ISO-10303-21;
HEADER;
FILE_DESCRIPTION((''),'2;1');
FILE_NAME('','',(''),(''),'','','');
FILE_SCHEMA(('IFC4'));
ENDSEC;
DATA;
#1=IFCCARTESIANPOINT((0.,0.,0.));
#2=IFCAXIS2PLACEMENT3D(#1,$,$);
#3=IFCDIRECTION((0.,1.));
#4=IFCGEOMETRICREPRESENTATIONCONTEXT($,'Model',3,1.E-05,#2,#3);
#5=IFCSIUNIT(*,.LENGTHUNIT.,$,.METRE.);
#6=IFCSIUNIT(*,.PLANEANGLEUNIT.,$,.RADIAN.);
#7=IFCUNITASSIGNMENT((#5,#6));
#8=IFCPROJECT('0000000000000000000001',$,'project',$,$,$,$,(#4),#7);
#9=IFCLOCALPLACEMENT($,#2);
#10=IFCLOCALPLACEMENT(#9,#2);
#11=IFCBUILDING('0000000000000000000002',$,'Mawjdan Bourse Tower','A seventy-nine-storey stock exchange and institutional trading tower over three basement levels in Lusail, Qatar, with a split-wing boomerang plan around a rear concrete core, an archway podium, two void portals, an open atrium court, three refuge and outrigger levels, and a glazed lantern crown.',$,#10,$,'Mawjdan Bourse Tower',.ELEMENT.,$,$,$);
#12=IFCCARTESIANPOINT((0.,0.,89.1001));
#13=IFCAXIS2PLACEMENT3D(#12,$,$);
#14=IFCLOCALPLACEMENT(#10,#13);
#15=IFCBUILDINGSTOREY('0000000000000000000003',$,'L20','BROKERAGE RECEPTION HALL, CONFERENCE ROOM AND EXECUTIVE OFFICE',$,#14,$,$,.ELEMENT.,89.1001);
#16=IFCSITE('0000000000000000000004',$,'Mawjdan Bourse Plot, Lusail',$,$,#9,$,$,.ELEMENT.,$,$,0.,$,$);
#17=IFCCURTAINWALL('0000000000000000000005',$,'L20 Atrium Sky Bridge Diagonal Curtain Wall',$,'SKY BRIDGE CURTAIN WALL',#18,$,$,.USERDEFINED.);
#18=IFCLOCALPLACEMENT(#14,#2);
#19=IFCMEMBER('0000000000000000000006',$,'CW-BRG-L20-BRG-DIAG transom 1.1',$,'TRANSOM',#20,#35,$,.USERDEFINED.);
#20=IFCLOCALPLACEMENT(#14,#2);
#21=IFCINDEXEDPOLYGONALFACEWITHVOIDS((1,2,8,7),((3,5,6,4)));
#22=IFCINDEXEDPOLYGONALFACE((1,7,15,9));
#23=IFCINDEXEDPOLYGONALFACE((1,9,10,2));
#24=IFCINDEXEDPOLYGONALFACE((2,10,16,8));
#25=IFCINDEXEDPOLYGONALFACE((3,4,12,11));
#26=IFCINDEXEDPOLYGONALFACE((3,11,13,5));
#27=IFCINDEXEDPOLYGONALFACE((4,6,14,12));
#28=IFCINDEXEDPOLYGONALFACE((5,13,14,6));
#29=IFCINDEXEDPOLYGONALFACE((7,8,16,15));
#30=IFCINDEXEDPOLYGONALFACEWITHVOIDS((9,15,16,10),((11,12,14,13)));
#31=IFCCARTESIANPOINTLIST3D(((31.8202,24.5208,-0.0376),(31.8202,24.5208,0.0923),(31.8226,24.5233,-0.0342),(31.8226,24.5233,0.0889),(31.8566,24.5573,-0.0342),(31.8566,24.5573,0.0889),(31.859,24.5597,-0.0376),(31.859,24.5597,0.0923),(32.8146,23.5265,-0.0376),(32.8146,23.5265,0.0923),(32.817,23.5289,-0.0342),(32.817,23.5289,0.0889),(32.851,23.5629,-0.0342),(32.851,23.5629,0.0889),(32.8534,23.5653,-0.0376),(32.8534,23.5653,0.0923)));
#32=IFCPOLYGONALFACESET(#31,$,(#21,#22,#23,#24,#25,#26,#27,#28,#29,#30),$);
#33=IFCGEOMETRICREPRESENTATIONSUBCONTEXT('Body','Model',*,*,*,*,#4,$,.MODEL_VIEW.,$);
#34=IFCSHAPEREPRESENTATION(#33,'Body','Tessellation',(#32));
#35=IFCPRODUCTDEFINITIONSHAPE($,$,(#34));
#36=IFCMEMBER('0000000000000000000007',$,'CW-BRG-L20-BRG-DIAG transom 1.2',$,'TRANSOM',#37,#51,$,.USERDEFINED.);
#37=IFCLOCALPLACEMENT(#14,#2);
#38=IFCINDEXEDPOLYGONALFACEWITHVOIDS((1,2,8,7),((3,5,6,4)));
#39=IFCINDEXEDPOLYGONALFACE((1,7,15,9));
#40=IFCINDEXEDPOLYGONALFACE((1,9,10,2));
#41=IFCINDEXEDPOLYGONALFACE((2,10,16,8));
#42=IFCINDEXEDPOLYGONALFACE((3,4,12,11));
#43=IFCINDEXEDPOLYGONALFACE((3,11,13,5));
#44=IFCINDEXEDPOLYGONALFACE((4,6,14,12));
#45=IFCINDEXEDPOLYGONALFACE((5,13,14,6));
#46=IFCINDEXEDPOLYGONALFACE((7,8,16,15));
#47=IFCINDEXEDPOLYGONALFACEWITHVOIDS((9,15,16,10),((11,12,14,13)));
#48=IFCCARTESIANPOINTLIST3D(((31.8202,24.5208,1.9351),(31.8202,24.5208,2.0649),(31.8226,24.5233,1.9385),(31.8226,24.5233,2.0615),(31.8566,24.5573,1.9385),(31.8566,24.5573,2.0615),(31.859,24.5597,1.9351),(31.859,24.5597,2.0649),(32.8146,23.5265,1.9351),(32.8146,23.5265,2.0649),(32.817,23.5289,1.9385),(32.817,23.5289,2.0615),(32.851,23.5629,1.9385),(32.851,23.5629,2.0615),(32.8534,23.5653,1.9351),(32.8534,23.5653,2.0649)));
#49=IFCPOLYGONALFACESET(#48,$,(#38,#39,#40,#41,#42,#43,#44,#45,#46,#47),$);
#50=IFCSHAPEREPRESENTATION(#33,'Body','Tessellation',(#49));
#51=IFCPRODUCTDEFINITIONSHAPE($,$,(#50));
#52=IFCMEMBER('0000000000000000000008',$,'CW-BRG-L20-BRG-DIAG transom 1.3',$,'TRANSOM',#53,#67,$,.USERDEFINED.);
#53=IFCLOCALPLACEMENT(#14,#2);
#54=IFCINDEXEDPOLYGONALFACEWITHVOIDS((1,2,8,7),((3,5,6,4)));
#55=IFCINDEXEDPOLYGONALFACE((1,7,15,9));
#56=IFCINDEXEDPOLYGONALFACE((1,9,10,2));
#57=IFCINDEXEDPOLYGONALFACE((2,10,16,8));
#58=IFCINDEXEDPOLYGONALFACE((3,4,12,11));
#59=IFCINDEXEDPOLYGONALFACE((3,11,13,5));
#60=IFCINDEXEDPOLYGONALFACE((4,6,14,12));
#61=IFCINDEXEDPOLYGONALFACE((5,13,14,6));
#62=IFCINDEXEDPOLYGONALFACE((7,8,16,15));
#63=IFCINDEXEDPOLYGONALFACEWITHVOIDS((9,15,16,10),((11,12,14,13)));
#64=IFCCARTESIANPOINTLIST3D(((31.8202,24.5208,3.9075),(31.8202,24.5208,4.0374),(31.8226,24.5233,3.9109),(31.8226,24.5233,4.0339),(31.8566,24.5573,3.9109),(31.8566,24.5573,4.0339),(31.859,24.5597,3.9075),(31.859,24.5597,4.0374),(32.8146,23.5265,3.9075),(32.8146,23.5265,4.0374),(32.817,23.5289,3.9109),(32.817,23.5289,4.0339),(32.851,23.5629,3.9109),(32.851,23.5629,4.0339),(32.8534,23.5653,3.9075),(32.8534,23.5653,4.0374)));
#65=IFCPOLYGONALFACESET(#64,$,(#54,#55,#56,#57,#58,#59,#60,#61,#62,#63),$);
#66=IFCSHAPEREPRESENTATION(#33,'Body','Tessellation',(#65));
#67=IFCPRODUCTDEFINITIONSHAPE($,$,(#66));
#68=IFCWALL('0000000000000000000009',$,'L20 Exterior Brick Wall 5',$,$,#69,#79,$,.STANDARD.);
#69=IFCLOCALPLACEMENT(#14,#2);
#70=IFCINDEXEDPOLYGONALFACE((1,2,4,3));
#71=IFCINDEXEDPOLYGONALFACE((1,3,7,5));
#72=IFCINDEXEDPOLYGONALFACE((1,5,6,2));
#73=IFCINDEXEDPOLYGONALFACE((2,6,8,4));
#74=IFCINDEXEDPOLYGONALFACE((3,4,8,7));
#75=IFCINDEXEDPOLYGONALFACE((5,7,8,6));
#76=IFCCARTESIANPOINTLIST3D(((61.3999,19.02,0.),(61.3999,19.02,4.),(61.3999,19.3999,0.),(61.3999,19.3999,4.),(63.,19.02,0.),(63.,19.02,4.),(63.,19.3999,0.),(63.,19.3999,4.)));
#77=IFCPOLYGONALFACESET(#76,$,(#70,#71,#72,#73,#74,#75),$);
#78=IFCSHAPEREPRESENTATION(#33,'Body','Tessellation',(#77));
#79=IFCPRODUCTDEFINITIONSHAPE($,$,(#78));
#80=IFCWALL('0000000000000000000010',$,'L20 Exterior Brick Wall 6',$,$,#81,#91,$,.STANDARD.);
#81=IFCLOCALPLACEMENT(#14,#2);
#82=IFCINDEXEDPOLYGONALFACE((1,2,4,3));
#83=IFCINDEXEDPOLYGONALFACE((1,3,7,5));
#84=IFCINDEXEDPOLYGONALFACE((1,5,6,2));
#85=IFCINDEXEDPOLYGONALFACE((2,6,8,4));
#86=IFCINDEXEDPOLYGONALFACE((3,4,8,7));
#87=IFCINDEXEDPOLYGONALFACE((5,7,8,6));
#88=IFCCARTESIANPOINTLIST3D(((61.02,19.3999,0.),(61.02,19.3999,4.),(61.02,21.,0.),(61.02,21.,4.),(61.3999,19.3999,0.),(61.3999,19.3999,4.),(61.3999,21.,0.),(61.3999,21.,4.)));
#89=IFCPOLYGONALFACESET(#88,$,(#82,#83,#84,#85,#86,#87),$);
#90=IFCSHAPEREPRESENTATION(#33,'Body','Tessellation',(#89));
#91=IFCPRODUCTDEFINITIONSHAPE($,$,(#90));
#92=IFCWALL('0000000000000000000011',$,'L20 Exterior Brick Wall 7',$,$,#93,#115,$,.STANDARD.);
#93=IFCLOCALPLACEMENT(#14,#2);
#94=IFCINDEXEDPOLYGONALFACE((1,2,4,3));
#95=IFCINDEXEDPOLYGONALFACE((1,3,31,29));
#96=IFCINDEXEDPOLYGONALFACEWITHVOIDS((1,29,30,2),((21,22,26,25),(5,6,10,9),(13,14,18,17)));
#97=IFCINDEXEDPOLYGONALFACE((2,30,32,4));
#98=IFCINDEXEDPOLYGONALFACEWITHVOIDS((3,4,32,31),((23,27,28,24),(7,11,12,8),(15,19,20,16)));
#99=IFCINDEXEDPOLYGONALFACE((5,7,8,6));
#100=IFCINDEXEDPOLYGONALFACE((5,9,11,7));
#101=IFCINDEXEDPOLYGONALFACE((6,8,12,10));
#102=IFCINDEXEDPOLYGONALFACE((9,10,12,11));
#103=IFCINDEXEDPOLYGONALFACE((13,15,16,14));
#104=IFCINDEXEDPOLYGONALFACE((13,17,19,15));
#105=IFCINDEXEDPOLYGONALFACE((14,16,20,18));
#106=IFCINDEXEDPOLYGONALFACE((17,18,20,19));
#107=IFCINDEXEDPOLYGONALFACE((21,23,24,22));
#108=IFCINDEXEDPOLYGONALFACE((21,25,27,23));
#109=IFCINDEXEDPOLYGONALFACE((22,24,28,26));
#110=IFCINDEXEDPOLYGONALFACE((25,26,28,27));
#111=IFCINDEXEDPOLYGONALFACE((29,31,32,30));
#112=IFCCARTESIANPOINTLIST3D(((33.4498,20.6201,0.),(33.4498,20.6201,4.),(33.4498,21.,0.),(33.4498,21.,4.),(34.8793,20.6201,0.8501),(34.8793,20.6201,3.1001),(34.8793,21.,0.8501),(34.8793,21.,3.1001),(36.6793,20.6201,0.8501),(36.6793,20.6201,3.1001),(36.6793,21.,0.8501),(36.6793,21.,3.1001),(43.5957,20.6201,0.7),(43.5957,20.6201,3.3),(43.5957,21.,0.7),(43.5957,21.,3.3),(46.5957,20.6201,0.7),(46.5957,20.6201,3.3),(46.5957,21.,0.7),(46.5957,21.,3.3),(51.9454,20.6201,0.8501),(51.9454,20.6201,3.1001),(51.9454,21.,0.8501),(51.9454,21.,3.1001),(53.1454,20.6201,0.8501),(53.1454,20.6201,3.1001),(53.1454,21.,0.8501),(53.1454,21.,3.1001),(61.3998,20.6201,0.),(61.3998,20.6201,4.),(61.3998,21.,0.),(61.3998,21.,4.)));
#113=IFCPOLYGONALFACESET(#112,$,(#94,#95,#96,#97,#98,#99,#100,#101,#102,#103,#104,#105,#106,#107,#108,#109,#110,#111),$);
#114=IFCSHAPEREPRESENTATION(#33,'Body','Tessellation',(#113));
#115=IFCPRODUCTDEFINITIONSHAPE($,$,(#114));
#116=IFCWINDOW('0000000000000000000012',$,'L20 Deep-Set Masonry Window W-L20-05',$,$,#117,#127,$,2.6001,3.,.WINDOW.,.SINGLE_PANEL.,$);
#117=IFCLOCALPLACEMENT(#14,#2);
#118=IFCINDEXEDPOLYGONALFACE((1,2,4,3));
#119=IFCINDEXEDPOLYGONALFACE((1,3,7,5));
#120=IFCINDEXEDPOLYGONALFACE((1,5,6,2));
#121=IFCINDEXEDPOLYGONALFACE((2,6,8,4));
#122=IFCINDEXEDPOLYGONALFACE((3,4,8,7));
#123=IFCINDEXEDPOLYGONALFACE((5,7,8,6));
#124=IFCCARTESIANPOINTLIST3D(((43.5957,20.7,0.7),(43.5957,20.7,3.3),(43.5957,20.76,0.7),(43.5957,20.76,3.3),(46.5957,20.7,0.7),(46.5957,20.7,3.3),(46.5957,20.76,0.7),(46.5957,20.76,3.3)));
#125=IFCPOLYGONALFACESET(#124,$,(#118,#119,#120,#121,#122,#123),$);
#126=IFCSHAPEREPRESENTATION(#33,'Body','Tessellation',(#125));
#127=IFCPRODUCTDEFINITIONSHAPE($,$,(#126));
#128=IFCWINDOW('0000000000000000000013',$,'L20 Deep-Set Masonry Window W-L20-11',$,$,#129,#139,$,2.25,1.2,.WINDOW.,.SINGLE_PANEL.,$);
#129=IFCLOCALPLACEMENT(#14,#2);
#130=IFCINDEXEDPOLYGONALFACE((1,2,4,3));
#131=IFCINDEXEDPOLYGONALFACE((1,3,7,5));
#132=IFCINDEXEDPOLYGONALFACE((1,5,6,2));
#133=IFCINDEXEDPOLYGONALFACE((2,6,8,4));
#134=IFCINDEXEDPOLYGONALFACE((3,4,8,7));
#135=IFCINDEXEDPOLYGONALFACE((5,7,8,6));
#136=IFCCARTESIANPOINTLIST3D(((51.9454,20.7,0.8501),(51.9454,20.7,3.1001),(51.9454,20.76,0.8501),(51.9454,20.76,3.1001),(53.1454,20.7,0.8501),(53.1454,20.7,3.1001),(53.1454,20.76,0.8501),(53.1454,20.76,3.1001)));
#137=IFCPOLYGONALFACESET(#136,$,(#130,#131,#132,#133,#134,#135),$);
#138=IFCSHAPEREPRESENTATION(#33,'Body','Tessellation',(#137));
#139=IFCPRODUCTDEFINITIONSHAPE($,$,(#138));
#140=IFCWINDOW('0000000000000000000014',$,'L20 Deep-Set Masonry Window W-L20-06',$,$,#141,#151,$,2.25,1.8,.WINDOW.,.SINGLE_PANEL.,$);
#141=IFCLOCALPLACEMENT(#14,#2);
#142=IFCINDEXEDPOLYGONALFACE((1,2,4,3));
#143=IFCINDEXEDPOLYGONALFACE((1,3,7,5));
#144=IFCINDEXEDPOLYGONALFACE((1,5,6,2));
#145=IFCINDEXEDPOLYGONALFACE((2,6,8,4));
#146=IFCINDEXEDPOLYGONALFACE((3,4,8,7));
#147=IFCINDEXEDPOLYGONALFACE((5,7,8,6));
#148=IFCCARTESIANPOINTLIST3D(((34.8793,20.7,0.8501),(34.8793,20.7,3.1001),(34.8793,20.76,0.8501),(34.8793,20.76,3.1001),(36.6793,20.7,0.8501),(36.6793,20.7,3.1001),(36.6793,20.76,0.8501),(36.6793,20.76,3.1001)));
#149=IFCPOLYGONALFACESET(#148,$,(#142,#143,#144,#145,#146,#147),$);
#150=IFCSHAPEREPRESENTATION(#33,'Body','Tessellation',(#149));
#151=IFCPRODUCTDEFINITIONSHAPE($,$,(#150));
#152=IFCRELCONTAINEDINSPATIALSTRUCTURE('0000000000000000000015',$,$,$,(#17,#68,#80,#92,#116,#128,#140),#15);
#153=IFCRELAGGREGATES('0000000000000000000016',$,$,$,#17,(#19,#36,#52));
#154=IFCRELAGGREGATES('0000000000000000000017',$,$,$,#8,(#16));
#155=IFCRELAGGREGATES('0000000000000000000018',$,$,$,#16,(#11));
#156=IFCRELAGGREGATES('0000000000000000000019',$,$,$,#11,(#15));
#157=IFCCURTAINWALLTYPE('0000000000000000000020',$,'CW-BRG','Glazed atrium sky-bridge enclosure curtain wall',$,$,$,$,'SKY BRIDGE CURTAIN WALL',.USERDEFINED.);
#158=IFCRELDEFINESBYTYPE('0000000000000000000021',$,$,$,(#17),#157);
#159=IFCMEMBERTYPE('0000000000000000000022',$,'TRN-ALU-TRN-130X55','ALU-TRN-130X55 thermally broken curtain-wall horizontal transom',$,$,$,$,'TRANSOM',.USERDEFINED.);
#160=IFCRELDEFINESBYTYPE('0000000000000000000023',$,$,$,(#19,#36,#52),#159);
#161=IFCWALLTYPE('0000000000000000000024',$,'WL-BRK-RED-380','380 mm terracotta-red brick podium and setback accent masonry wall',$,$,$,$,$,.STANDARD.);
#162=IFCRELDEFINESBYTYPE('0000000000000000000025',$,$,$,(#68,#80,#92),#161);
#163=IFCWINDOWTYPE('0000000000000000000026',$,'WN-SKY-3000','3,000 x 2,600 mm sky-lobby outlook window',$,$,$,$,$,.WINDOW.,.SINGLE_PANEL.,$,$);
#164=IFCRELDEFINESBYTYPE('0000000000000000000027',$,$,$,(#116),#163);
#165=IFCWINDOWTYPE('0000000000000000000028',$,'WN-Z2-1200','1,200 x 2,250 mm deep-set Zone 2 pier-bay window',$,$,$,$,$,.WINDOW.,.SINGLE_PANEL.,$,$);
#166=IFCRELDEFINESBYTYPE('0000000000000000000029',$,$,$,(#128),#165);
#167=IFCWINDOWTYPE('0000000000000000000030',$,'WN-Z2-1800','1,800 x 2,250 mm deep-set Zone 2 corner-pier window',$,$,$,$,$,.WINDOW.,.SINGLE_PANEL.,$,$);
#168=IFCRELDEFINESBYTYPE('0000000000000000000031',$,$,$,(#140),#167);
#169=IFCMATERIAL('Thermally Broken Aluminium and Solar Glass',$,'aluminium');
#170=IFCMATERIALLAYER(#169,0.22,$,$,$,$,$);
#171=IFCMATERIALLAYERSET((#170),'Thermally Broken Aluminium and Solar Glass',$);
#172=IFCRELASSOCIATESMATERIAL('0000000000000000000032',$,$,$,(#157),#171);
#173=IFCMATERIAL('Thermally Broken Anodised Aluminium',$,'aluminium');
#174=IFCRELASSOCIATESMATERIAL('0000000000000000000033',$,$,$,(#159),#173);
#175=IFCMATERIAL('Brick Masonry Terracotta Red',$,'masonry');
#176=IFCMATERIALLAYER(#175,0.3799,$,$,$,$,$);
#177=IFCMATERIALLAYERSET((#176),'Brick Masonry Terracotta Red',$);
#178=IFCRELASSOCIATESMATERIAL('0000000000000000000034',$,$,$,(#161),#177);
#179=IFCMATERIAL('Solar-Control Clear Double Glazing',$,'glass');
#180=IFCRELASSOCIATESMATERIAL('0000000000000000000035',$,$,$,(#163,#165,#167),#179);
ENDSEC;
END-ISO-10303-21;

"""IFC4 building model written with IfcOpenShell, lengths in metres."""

from ifc_helpers import new_model, si_unit, direction, frame, frame_2d, origin, origin_2d, place, context, subcontext, project, spatial, rectangle, hollow_rectangle, extrude, material, layer, layer_set, material_profile, profile_set, type_object, element, fill, aggregate, save


model = new_model("IFC4")

# Units and contexts
model_context = context("Model", 3, precision=1e-05, world=origin(), true_north=direction((0.0, 1.0)))
body_context = subcontext(model_context, "Body", "Model", "MODEL_VIEW")
ifc_project = project(units=[si_unit("LENGTHUNIT", "METRE"), si_unit("PLANEANGLEUNIT", "RADIAN")], contexts=[model_context])

# Site, building, storey
site_placement = place(None, origin())
site = spatial("IfcSite", under=ifc_project, at=site_placement, Name="Mawjdan Bourse Plot, Lusail", CompositionType="ELEMENT", RefElevation=0.0)
building_placement = place(site_placement, origin())
building = spatial("IfcBuilding", under=site, at=building_placement, Name="Mawjdan Bourse Tower", Description="A seventy-nine-storey stock exchange and institutional trading tower over three basement levels in Lusail, Qatar, with a split-wing boomerang plan around a rear concrete core, an archway podium, two void portals, an open atrium court, three refuge and outrigger levels, and a glazed lantern crown.", LongName="Mawjdan Bourse Tower", CompositionType="ELEMENT")
storey_placement = place(building_placement, frame((0.0, 0.0, 89.1001)))
storey = spatial("IfcBuildingStorey", under=building, at=storey_placement, Name="L20", Description="BROKERAGE RECEPTION HALL, CONFERENCE ROOM AND EXECUTIVE OFFICE", CompositionType="ELEMENT", Elevation=89.1001)

# Curtain wall
ifc_material_1 = material(Name="Thermally Broken Aluminium and Solar Glass", Category="aluminium")
ifc_layer_1 = layer(ifc_material_1, 0.22)
ifc_layer_set_1 = layer_set([ifc_layer_1], Name="Thermally Broken Aluminium and Solar Glass")
curtain_wall_type = type_object("IfcCurtainWallType", Name="CW-BRG", Description="Glazed atrium sky-bridge enclosure curtain wall", ElementType="SKY BRIDGE CURTAIN WALL", PredefinedType="USERDEFINED", material=ifc_layer_set_1)
curtain_wall_placement = place(storey_placement, origin())
curtain_wall = element("IfcCurtainWall", 1, at=curtain_wall_placement, inside=storey, type_object=curtain_wall_type, Name="L20 Atrium Sky Bridge Diagonal Curtain Wall", ObjectType="SKY BRIDGE CURTAIN WALL", PredefinedType="USERDEFINED")
ifc_material_2 = material(Name="Thermally Broken Anodised Aluminium", Category="aluminium")

# Members
ifc_material_profile_1 = material_profile(ifc_material_2, hollow_rectangle(XDim=0.0549, YDim=0.1299, WallThickness=0.0034, at=origin_2d()), Name="ALU-TRN-130X55")
ifc_profile_set_1 = profile_set([ifc_material_profile_1], Name="Thermally Broken Anodised Aluminium")
member_type_1 = type_object("IfcMemberType", Name="TRN-ALU-TRN-130X55", Description="ALU-TRN-130X55 thermally broken curtain-wall horizontal transom", ElementType="TRANSOM", PredefinedType="USERDEFINED", material=ifc_profile_set_1)
member_1_placement = place(storey_placement, frame((32.834, 23.5459, 0.0273), z_axis=(-0.707107, 0.707107, 0.0), x_axis=(-0.707107, -0.707107, 0.0)))
member_1 = element("IfcMember", 2, at=member_1_placement, type_object=member_type_1, Name="CW-BRG-L20-BRG-DIAG transom 1.1", ObjectType="TRANSOM", PredefinedType="USERDEFINED", context=body_context, shape_type="SweptSolid", body=[
    extrude(hollow_rectangle(XDim=0.0549, YDim=0.1299, WallThickness=0.0034, at=origin_2d()), origin(), (0.0, 0.0, 1.0), 1.4062),
])
member_2_placement = place(storey_placement, frame((32.834, 23.5459, 2.0), z_axis=(-0.707107, 0.707107, 0.0), x_axis=(-0.707107, -0.707107, 0.0)))
member_2 = element("IfcMember", 3, at=member_2_placement, type_object=member_type_1, Name="CW-BRG-L20-BRG-DIAG transom 1.2", ObjectType="TRANSOM", PredefinedType="USERDEFINED", context=body_context, shape_type="SweptSolid", body=[
    extrude(hollow_rectangle(XDim=0.0549, YDim=0.1299, WallThickness=0.0034, at=origin_2d()), origin(), (0.0, 0.0, 1.0), 1.4062),
])
member_3_placement = place(storey_placement, frame((32.834, 23.5459, 3.9724), z_axis=(-0.707107, 0.707107, 0.0), x_axis=(-0.707107, -0.707107, 0.0)))
member_3 = element("IfcMember", 4, at=member_3_placement, type_object=member_type_1, Name="CW-BRG-L20-BRG-DIAG transom 1.3", ObjectType="TRANSOM", PredefinedType="USERDEFINED", context=body_context, shape_type="SweptSolid", body=[
    extrude(hollow_rectangle(XDim=0.0549, YDim=0.1299, WallThickness=0.0034, at=origin_2d()), origin(), (0.0, 0.0, 1.0), 1.4062),
])
aggregate(curtain_wall, [member_1, member_2, member_3])

# Walls
ifc_material_3 = material(Name="Brick Masonry Terracotta Red", Category="masonry")
ifc_layer_2 = layer(ifc_material_3, 0.3799)
ifc_layer_set_2 = layer_set([ifc_layer_2], Name="Brick Masonry Terracotta Red")
wall_type = type_object("IfcWallType", Name="WL-BRK-RED-380", Description="380 mm terracotta-red brick podium and setback accent masonry wall", PredefinedType="STANDARD", material=ifc_layer_set_2)
for number, where, z_axis, x_axis, name in (
    (5, (63.0, 19.21, 0.0), (0.0, 0.0, 1.0), (-1.0, 0.0, 0.0), "L20 Exterior Brick Wall 5"),
    (6, (61.21, 19.3999, 0.0), (0.0, 0.0, 1.0), (0.0, 1.0, 0.0), "L20 Exterior Brick Wall 6"),
):
    element("IfcWall", number, at=place(storey_placement, frame(where, z_axis=z_axis, x_axis=x_axis)), inside=storey, type_object=wall_type, Name=name, PredefinedType="STANDARD", context=body_context, shape_type="SweptSolid", body=[
        extrude(rectangle(XDim=1.6001, YDim=0.3799, at=frame_2d((0.8, 0.0))), origin(), (0.0, 0.0, 1.0), 4.0),
    ])

# Wall, openings, windows
wall_placement = place(storey_placement, frame((61.3999, 20.8101, 0.0), z_axis=(0.0, 0.0, 1.0), x_axis=(-1.0, 0.0, 0.0)))
wall = element("IfcWall", 7, at=wall_placement, inside=storey, type_object=wall_type, Name="L20 Exterior Brick Wall 7", PredefinedType="STANDARD", context=body_context, shape_type="SweptSolid", body=[
    extrude(rectangle(XDim=27.95, YDim=0.3799, at=frame_2d((13.9751, 0.0))), origin(), (0.0, 0.0, 1.0), 4.0),
])
opening_1_placement = place(wall_placement, frame((14.8042, 0.0, 0.7)))
opening_1 = element("IfcOpeningElement", 8, at=opening_1_placement, cuts=wall, PredefinedType="OPENING", context=body_context, shape_type="SweptSolid", body=[
    extrude(rectangle(XDim=3.0, YDim=2.6001, at=frame_2d((1.5, 1.3))), frame((0.0, 0.2, 0.0), z_axis=(0.0, -1.0, 0.0), x_axis=(1.0, 0.0, 0.0)), (0.0, 0.0, 1.0), 0.3999),
])
opening_2_placement = place(wall_placement, frame((24.7207, 0.0, 0.8501)))
opening_2 = element("IfcOpeningElement", 9, at=opening_2_placement, cuts=wall, PredefinedType="OPENING", context=body_context, shape_type="SweptSolid", body=[
    extrude(rectangle(XDim=1.8, YDim=2.25, at=frame_2d((0.8999, 1.125))), frame((0.0, 0.2, 0.0), z_axis=(0.0, -1.0, 0.0), x_axis=(1.0, 0.0, 0.0)), (0.0, 0.0, 1.0), 0.3999),
])
opening_3_placement = place(wall_placement, frame((8.2544, 0.0, 0.8501)))
opening_3 = element("IfcOpeningElement", 10, at=opening_3_placement, cuts=wall, PredefinedType="OPENING", context=body_context, shape_type="SweptSolid", body=[
    extrude(rectangle(XDim=1.2, YDim=2.25, at=frame_2d((0.6001, 1.125))), frame((0.0, 0.2, 0.0), z_axis=(0.0, -1.0, 0.0), x_axis=(1.0, 0.0, 0.0)), (0.0, 0.0, 1.0), 0.3999),
])
ifc_material_4 = material(Name="Solar-Control Clear Double Glazing", Category="glass")
window_type_1 = type_object("IfcWindowType", Name="WN-SKY-3000", Description="3,000 x 2,600 mm sky-lobby outlook window", PartitioningType="SINGLE_PANEL", PredefinedType="WINDOW", material=ifc_material_4)
window_1_placement = place(opening_1_placement, origin())
window_1 = element("IfcWindow", 11, at=window_1_placement, inside=storey, type_object=window_type_1, Name="L20 Deep-Set Masonry Window W-L20-05", OverallHeight=2.6001, OverallWidth=3.0, PartitioningType="SINGLE_PANEL", PredefinedType="WINDOW", context=body_context, shape_type="SweptSolid", body=[
    extrude(rectangle(XDim=3.0, YDim=2.6001, at=frame_2d((1.5, 1.3))), frame((0.0, 0.1101, 0.0), z_axis=(0.0, -1.0, 0.0), x_axis=(1.0, 0.0, 0.0)), (0.0, 0.0, 1.0), 0.0601),
])
fill(opening_1, window_1)
window_type_2 = type_object("IfcWindowType", Name="WN-Z2-1200", Description="1,200 x 2,250 mm deep-set Zone 2 pier-bay window", PartitioningType="SINGLE_PANEL", PredefinedType="WINDOW", material=ifc_material_4)
window_2_placement = place(opening_3_placement, origin())
window_2 = element("IfcWindow", 12, at=window_2_placement, inside=storey, type_object=window_type_2, Name="L20 Deep-Set Masonry Window W-L20-11", OverallHeight=2.25, OverallWidth=1.2, PartitioningType="SINGLE_PANEL", PredefinedType="WINDOW", context=body_context, shape_type="SweptSolid", body=[
    extrude(rectangle(XDim=1.2, YDim=2.25, at=frame_2d((0.6001, 1.125))), frame((0.0, 0.1101, 0.0), z_axis=(0.0, -1.0, 0.0), x_axis=(1.0, 0.0, 0.0)), (0.0, 0.0, 1.0), 0.0601),
])
fill(opening_3, window_2)
window_type_3 = type_object("IfcWindowType", Name="WN-Z2-1800", Description="1,800 x 2,250 mm deep-set Zone 2 corner-pier window", PartitioningType="SINGLE_PANEL", PredefinedType="WINDOW", material=ifc_material_4)
window_3_placement = place(opening_2_placement, origin())
window_3 = element("IfcWindow", 13, at=window_3_placement, inside=storey, type_object=window_type_3, Name="L20 Deep-Set Masonry Window W-L20-06", OverallHeight=2.25, OverallWidth=1.8, PartitioningType="SINGLE_PANEL", PredefinedType="WINDOW", context=body_context, shape_type="SweptSolid", body=[
    extrude(rectangle(XDim=1.8, YDim=2.25, at=frame_2d((0.8999, 1.125))), frame((0.0, 0.1101, 0.0), z_axis=(0.0, -1.0, 0.0), x_axis=(1.0, 0.0, 0.0)), (0.0, 0.0, 1.0), 0.0601),
])
fill(opening_2, window_3)

save(model, "model.ifc")
